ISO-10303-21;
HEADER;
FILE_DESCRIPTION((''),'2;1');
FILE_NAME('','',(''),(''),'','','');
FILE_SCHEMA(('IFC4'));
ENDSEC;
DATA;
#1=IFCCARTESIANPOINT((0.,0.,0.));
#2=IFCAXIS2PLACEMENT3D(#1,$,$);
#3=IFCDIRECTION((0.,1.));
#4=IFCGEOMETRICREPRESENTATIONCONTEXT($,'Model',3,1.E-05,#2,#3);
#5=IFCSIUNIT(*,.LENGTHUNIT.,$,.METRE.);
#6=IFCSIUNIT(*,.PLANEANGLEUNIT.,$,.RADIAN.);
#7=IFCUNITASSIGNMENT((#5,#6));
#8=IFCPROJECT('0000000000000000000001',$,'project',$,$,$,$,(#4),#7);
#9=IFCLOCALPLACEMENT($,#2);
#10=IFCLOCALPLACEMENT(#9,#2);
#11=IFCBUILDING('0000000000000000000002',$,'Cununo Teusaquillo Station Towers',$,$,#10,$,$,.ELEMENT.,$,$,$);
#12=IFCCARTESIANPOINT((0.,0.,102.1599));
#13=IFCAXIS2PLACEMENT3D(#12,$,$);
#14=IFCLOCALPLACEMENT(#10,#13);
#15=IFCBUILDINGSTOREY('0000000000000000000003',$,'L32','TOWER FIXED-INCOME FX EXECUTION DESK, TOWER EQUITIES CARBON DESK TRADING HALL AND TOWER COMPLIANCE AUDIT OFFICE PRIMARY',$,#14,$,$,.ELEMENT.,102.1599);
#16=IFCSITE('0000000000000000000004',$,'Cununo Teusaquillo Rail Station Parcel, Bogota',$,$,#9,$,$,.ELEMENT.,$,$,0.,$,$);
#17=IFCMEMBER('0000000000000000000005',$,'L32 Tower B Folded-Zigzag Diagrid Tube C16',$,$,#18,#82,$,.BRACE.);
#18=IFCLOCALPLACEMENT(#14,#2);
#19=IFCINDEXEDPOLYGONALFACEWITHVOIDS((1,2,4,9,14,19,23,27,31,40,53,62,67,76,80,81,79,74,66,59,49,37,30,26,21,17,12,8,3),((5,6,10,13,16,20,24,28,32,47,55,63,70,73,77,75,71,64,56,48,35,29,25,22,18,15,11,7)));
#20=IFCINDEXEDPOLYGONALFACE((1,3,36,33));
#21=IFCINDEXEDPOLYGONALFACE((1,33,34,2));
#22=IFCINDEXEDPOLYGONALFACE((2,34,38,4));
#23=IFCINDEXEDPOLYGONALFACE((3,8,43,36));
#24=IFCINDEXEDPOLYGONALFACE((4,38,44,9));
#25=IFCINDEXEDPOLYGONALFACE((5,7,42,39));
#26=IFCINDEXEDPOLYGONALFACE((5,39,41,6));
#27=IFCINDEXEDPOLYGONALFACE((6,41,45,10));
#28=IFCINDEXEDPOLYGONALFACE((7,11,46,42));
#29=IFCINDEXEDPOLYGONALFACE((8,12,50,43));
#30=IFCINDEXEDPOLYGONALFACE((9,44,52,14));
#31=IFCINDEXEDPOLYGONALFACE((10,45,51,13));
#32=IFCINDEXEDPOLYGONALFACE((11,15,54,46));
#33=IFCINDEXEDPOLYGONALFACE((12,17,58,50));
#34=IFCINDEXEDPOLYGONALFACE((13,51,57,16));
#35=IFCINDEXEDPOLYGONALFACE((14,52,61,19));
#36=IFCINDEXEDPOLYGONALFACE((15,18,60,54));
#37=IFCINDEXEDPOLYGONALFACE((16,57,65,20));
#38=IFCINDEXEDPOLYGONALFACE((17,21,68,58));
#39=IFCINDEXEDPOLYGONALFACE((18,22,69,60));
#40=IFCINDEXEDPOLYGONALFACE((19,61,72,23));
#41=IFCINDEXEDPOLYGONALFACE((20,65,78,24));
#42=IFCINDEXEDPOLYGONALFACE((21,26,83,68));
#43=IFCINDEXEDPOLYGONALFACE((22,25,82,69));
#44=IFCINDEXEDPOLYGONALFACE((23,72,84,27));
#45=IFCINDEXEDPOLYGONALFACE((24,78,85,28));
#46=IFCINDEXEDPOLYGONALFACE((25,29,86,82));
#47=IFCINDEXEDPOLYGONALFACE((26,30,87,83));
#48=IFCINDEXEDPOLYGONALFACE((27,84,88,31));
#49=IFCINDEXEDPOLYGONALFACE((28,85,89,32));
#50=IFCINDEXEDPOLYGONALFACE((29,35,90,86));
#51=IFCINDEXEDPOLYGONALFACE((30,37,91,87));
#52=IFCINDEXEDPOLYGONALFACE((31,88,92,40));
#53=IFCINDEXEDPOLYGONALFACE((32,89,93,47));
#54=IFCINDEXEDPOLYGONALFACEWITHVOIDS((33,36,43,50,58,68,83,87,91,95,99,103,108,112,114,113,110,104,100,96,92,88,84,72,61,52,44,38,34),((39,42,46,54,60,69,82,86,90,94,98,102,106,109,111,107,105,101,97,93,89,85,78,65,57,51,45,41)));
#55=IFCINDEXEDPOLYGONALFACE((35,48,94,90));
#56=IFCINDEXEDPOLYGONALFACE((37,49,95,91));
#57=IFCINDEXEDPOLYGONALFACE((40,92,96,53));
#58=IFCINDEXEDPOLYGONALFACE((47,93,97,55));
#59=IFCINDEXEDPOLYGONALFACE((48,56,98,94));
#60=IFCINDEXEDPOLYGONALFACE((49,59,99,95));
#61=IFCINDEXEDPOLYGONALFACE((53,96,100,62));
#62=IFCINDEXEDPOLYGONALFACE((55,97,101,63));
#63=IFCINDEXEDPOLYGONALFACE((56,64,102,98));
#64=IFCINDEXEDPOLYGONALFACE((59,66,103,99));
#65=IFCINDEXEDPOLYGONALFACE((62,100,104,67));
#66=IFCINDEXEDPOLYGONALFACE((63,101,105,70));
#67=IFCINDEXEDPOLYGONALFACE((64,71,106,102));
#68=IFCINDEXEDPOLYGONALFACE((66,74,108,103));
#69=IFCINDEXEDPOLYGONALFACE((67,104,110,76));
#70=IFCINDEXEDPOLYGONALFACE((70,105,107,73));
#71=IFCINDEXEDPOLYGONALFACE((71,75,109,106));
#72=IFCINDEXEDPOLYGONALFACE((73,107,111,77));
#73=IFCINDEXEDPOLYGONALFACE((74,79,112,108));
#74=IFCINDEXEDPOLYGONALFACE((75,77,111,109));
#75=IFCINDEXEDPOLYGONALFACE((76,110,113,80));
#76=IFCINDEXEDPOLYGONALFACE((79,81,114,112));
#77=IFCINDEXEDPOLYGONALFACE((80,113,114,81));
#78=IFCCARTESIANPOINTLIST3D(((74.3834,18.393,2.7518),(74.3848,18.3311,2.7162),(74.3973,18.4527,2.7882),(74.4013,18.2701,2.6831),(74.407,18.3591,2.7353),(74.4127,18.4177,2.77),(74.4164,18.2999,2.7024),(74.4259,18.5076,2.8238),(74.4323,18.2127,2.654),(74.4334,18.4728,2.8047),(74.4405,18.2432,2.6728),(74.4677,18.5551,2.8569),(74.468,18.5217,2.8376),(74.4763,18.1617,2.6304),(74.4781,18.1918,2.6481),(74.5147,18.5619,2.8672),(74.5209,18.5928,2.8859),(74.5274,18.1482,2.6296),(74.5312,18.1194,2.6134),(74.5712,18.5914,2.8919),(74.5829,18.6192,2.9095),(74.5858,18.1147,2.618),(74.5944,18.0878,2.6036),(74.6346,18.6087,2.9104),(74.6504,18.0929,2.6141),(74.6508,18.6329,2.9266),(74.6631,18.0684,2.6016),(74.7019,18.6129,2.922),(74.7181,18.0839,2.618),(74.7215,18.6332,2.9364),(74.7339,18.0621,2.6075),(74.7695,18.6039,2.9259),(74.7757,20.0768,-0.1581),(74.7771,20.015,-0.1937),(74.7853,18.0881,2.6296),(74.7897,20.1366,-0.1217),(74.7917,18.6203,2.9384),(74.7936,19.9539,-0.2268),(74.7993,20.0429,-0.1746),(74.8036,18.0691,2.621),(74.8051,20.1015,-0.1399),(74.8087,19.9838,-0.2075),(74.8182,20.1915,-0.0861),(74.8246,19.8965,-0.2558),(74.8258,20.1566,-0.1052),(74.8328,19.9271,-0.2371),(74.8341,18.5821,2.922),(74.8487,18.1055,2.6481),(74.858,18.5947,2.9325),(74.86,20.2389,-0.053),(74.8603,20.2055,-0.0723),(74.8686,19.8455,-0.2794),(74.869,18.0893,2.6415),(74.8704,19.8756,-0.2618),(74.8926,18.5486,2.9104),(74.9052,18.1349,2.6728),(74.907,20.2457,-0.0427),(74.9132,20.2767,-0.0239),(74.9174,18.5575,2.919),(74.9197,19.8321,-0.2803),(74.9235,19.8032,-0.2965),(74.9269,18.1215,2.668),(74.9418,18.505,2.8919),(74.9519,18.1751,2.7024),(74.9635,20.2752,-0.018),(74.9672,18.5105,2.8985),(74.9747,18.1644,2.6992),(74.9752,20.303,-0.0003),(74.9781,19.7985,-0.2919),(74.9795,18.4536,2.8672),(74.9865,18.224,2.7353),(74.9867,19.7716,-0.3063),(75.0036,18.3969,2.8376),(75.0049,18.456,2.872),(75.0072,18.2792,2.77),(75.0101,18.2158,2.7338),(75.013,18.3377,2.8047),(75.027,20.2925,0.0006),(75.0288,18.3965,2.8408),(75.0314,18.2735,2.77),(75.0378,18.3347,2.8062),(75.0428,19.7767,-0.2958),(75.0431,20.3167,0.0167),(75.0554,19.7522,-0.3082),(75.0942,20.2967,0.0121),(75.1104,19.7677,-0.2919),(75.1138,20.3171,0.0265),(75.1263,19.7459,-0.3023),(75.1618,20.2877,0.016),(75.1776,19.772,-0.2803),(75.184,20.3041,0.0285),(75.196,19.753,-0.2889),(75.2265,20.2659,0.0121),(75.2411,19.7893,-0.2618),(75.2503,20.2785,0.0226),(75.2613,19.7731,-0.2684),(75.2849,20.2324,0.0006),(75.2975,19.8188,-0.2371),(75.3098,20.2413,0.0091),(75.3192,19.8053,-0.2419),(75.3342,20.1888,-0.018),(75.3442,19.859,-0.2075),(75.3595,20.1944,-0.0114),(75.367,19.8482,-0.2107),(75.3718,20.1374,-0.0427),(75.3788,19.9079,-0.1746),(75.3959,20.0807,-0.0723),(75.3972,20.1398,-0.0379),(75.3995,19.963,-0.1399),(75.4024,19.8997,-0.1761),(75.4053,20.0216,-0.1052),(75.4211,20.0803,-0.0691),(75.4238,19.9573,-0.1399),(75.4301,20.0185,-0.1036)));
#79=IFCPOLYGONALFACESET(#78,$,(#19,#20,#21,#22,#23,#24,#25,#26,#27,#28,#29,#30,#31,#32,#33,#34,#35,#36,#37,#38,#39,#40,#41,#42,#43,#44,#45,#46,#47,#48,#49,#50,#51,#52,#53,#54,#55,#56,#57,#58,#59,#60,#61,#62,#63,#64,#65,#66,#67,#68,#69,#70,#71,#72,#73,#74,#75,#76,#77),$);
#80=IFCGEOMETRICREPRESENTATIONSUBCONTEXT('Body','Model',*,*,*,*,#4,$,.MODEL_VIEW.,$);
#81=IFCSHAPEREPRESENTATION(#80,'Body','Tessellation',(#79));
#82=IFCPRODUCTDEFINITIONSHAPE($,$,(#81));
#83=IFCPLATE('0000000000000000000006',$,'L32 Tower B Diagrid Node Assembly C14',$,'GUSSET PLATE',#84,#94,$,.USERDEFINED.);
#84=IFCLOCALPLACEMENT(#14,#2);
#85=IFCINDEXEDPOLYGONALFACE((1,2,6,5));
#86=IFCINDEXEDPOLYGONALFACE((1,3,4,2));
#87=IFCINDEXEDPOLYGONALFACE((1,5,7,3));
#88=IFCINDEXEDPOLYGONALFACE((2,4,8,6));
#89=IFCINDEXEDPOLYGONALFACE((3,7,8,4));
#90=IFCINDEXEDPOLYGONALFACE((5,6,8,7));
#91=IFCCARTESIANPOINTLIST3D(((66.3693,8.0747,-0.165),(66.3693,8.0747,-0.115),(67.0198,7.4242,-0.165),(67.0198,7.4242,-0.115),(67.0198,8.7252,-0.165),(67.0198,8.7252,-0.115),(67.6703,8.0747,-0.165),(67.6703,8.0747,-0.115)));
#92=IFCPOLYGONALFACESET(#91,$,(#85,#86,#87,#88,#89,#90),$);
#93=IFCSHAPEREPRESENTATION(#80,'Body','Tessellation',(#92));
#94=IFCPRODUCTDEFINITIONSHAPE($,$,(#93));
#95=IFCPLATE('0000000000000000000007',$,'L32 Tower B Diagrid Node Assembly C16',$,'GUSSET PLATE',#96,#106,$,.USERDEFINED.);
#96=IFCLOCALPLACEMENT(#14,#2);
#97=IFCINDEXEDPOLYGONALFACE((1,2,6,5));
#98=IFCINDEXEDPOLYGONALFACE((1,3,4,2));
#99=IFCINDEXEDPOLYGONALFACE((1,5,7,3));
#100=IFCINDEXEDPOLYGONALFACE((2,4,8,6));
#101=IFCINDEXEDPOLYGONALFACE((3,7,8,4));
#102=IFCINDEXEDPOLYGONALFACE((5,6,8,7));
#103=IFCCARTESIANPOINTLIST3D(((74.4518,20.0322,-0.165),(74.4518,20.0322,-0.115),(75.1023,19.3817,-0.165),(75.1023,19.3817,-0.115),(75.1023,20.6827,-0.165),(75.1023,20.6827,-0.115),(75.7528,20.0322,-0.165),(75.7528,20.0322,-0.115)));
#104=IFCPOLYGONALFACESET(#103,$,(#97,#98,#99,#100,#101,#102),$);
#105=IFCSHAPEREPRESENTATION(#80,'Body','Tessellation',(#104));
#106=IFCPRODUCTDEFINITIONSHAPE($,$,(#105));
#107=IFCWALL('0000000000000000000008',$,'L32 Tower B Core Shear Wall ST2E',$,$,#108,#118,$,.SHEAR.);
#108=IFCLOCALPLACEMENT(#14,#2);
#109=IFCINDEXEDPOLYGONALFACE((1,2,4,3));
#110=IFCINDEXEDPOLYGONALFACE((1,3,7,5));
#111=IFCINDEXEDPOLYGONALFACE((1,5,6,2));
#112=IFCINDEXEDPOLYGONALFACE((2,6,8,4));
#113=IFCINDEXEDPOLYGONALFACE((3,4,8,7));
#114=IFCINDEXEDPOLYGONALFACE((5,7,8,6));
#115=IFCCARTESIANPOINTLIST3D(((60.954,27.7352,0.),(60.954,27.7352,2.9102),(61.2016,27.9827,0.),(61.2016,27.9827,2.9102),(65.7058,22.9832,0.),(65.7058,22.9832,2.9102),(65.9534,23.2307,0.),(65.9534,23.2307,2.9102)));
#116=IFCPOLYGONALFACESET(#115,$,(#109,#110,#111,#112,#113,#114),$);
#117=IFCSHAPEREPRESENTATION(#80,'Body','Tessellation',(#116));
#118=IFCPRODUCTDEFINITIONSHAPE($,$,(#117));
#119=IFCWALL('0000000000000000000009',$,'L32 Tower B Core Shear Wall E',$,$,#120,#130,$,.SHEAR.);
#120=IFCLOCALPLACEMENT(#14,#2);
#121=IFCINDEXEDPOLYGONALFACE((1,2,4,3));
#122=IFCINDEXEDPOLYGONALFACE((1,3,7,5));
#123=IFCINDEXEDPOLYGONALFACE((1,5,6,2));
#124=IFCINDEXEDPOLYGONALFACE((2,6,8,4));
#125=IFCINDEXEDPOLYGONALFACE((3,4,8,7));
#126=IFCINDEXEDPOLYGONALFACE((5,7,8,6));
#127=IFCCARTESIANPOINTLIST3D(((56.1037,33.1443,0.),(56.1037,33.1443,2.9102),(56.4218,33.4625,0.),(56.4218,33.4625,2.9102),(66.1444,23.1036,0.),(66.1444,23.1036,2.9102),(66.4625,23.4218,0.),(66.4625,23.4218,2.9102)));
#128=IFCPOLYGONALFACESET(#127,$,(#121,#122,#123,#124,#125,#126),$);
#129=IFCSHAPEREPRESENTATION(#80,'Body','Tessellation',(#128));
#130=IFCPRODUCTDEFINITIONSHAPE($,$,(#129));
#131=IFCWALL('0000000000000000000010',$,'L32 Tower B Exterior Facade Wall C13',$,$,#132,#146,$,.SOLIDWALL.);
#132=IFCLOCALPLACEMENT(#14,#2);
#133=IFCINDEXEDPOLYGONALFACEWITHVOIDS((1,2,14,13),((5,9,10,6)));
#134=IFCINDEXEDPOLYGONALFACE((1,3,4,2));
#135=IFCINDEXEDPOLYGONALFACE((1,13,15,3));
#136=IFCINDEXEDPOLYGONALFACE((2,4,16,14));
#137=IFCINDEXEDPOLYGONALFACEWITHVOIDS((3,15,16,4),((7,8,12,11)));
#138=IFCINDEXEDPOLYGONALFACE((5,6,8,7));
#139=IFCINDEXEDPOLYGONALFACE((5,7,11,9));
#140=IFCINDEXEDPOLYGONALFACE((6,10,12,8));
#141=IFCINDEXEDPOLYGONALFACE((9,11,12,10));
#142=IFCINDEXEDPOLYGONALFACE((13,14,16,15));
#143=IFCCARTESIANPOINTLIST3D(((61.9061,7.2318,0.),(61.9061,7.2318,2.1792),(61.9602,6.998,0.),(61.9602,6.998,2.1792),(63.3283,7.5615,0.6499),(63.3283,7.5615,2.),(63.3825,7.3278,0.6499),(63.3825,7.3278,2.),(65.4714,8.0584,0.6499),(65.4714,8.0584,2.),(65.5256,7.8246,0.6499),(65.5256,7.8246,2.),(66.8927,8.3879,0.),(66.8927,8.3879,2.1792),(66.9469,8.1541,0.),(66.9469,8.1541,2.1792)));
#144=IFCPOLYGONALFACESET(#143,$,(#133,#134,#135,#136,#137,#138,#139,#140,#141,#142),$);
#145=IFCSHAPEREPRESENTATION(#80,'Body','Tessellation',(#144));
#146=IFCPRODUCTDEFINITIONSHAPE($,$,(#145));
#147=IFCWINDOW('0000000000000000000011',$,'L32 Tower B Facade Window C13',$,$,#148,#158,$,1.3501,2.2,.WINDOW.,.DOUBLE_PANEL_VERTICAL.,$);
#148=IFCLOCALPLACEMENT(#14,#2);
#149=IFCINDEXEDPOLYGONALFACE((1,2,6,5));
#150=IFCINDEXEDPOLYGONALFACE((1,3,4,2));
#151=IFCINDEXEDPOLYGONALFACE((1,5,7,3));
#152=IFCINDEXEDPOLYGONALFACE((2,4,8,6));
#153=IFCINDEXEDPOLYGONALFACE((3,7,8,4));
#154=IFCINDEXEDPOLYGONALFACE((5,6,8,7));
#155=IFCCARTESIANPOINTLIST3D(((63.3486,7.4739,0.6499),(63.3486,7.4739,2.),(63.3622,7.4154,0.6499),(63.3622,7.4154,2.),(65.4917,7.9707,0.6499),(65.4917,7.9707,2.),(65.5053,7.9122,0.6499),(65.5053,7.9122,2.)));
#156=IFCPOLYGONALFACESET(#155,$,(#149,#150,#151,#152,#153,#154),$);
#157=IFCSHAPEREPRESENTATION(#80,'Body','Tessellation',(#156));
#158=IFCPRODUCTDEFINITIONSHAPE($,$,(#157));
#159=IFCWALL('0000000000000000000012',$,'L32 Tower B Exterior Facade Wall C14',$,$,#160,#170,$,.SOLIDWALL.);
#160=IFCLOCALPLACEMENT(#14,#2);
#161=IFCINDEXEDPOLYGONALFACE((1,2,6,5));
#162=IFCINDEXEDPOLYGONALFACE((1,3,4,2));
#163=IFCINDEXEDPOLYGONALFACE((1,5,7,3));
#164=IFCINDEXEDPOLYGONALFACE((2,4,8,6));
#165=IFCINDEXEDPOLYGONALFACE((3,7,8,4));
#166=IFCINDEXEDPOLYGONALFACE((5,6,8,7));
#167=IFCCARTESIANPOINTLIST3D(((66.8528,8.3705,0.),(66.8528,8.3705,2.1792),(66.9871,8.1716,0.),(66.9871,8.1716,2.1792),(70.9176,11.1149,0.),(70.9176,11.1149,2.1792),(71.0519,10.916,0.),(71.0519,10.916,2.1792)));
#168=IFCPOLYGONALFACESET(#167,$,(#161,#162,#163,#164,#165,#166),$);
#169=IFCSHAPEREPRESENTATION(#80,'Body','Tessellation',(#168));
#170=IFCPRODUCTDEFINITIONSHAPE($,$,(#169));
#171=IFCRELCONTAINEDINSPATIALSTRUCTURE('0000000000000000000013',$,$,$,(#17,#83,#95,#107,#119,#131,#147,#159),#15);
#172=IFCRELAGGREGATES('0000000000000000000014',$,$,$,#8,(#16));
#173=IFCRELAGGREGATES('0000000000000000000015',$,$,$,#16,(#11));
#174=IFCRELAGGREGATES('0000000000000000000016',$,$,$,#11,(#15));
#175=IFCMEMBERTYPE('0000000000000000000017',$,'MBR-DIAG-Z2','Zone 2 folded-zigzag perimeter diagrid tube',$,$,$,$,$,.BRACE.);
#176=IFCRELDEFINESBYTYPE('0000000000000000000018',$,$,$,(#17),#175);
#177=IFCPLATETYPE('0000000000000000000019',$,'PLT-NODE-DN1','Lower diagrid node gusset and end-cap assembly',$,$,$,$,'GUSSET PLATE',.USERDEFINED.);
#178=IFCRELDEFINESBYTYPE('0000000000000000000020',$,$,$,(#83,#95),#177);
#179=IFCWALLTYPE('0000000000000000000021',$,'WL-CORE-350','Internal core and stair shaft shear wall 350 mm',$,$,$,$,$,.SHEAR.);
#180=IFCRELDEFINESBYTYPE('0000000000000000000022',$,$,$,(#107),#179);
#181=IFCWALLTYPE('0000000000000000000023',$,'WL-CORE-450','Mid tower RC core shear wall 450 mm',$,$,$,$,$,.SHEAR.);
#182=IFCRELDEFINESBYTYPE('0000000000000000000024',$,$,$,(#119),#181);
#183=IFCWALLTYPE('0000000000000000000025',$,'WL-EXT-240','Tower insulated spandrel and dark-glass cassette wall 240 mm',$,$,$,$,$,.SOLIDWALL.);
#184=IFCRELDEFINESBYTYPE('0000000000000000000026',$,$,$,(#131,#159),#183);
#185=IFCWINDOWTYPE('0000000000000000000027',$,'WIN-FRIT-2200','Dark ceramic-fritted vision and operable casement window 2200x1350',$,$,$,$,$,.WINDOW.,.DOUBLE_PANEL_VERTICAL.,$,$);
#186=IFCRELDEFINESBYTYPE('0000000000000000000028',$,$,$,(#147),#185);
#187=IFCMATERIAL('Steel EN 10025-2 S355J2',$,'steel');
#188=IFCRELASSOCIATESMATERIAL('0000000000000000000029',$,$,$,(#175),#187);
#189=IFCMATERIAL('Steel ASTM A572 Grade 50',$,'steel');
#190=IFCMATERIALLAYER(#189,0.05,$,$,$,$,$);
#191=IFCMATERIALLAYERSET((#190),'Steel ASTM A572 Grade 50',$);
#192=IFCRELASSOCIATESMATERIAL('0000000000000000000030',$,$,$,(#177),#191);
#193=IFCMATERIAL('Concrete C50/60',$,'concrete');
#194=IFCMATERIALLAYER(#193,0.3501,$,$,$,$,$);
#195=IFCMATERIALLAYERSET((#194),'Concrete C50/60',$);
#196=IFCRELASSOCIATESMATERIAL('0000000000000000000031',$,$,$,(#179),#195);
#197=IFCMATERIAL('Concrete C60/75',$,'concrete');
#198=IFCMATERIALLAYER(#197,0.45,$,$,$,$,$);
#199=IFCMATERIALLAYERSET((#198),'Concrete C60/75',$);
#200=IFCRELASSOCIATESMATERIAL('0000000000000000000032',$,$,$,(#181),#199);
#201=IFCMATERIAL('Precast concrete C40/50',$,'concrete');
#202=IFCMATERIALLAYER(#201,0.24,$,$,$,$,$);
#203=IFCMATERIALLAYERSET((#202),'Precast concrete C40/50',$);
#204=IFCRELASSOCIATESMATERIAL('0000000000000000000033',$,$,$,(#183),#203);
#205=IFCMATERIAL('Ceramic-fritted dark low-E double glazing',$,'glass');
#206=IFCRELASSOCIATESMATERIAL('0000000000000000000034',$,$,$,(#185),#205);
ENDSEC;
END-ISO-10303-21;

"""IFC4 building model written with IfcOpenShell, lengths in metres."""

from ifc_helpers import new_model, si_unit, direction, frame, frame_2d, origin, origin_2d, place, context, subcontext, project, spatial, rectangle, hollow_circle, extrude, source, transform, mapped, material, layer, layer_set, material_profile, profile_set, type_object, element, fill, save


model = new_model("IFC4")

# Units and contexts
model_context = context("Model", 3, precision=1e-05, world=origin(), true_north=direction((0.0, 1.0)))
body_context = subcontext(model_context, "Body", "Model", "MODEL_VIEW")
ifc_project = project(units=[si_unit("LENGTHUNIT", "METRE"), si_unit("PLANEANGLEUNIT", "RADIAN")], contexts=[model_context])

# Site, building, storey
site_placement = place(None, origin())
site = spatial("IfcSite", under=ifc_project, at=site_placement, Name="Cununo Teusaquillo Rail Station Parcel, Bogota", CompositionType="ELEMENT", RefElevation=0.0)
building_placement = place(site_placement, origin())
building = spatial("IfcBuilding", under=site, at=building_placement, Name="Cununo Teusaquillo Station Towers", CompositionType="ELEMENT")
storey_placement = place(building_placement, frame((0.0, 0.0, 102.1599)))
storey = spatial("IfcBuildingStorey", under=building, at=storey_placement, Name="L32", Description="TOWER FIXED-INCOME FX EXECUTION DESK, TOWER EQUITIES CARBON DESK TRADING HALL AND TOWER COMPLIANCE AUDIT OFFICE PRIMARY", CompositionType="ELEMENT", Elevation=102.1599)

# Member
ifc_material_1 = material(Name="Steel EN 10025-2 S355J2", Category="steel")
ifc_material_profile_1 = material_profile(ifc_material_1, hollow_circle(Radius=0.3301, WallThickness=0.0249, at=origin_2d()), Name="CHS 660x25")
ifc_profile_set_1 = profile_set([ifc_material_profile_1], Name="Steel EN 10025-2 S355J2")
member_type = type_object("IfcMemberType", Name="MBR-DIAG-Z2", Description="Zone 2 folded-zigzag perimeter diagrid tube", PredefinedType="BRACE", material=ifc_profile_set_1)
member_1_placement = place(storey_placement, frame((75.1023, 20.0322, -0.1399), z_axis=(-0.115911, -0.497471, 0.859702), x_axis=(0.973913, -0.226922, 0.0)))
element("IfcMember", 1, at=member_1_placement, inside=storey, type_object=member_type, Name="L32 Tower B Folded-Zigzag Diagrid Tube C16", PredefinedType="BRACE", context=body_context, shape_type="SweptSolid", body=[
    extrude(hollow_circle(Radius=0.3301, WallThickness=0.0249, at=origin_2d()), origin(), (0.0, 0.0, 1.0), 3.3848),
])

# Plates
ifc_material_2 = material(Name="Steel ASTM A572 Grade 50", Category="steel")
ifc_layer_1 = layer(ifc_material_2, 0.05)
ifc_layer_set_1 = layer_set([ifc_layer_1], Name="Steel ASTM A572 Grade 50")
plate_type = type_object("IfcPlateType", Name="PLT-NODE-DN1", Description="Lower diagrid node gusset and end-cap assembly", ElementType="GUSSET PLATE", PredefinedType="USERDEFINED", material=ifc_layer_set_1)
shared_shape_1 = source(origin(), body_context, "Body", "SweptSolid", [
    extrude(rectangle(XDim=0.9199, YDim=0.9199, at=origin_2d()), origin(), (0.0, 0.0, 1.0), 0.05),
])
for number, where, z_axis, x_axis, name in (
    (2, (67.0198, 8.0747, -0.165), (0.0, 0.0, 1.0), (0.707107, 0.707107, 0.0), "L32 Tower B Diagrid Node Assembly C14"),
    (3, (75.1023, 20.0322, -0.165), (0.0, 0.0, 1.0), (0.707107, 0.707107, 0.0), "L32 Tower B Diagrid Node Assembly C16"),
):
    element("IfcPlate", number, at=place(storey_placement, frame(where, z_axis=z_axis, x_axis=x_axis)), inside=storey, type_object=plate_type, Name=name, ObjectType="GUSSET PLATE", PredefinedType="USERDEFINED", context=body_context, shape_type="MappedRepresentation", body=[
        mapped(shared_shape_1, transform((0.0, 0.0, 0.0), x_axis=(1.0, 0.0, 0.0), y_axis=(0.0, 1.0, 0.0), z_axis=(0.0, 0.0, 1.0), scale=1.0)),
    ])

# Walls
ifc_material_3 = material(Name="Concrete C50/60", Category="concrete")
ifc_layer_2 = layer(ifc_material_3, 0.3501)
ifc_layer_set_2 = layer_set([ifc_layer_2], Name="Concrete C50/60")
wall_type_1 = type_object("IfcWallType", Name="WL-CORE-350", Description="Internal core and stair shaft shear wall 350 mm", PredefinedType="SHEAR", material=ifc_layer_set_2)
wall_1_placement = place(storey_placement, frame((65.8296, 23.1069, 0.0), z_axis=(0.0, 0.0, 1.0), x_axis=(-0.707089, 0.707125, 0.0)))
element("IfcWall", 4, at=wall_1_placement, inside=storey, type_object=wall_type_1, Name="L32 Tower B Core Shear Wall ST2E", PredefinedType="SHEAR", context=body_context, shape_type="SweptSolid", body=[
    extrude(rectangle(XDim=6.7202, YDim=0.3501, at=frame_2d((3.3601, 0.0))), origin(), (0.0, 0.0, 1.0), 2.9102),
])
ifc_material_4 = material(Name="Concrete C60/75", Category="concrete")
ifc_layer_3 = layer(ifc_material_4, 0.45)
ifc_layer_set_3 = layer_set([ifc_layer_3], Name="Concrete C60/75")
wall_type_2 = type_object("IfcWallType", Name="WL-CORE-450", Description="Mid tower RC core shear wall 450 mm", PredefinedType="SHEAR", material=ifc_layer_set_3)
wall_2_placement = place(storey_placement, frame((66.3035, 23.2627, 0.0), z_axis=(0.0, 0.0, 1.0), x_axis=(-0.707107, 0.707107, 0.0)))
element("IfcWall", 5, at=wall_2_placement, inside=storey, type_object=wall_type_2, Name="L32 Tower B Core Shear Wall E", PredefinedType="SHEAR", context=body_context, shape_type="SweptSolid", body=[
    extrude(rectangle(XDim=14.1997, YDim=0.45, at=frame_2d((7.0999, 0.0))), origin(), (0.0, 0.0, 1.0), 2.9102),
])

# Wall, opening, window
ifc_material_5 = material(Name="Precast concrete C40/50", Category="concrete")
ifc_layer_4 = layer(ifc_material_5, 0.24)
ifc_layer_set_4 = layer_set([ifc_layer_4], Name="Precast concrete C40/50")
wall_type_3 = type_object("IfcWallType", Name="WL-EXT-240", Description="Tower insulated spandrel and dark-glass cassette wall 240 mm", PredefinedType="SOLIDWALL", material=ifc_layer_set_4)
wall_3_placement = place(storey_placement, frame((66.9199, 8.271, 0.0), z_axis=(0.0, 0.0, 1.0), x_axis=(-0.974166, -0.225835, 0.0)))
wall_3 = element("IfcWall", 6, at=wall_3_placement, inside=storey, type_object=wall_type_3, Name="L32 Tower B Exterior Facade Wall C13", PredefinedType="SOLIDWALL", context=body_context, shape_type="SweptSolid", body=[
    extrude(rectangle(XDim=5.1189, YDim=0.24, at=frame_2d((2.5596, 0.0))), origin(), (0.0, 0.0, 1.0), 2.1792),
])
shared_shape_2 = source(origin(), body_context, "Body", "SweptSolid", [
    extrude(rectangle(XDim=2.2, YDim=1.3501, at=frame_2d((1.1001, 0.675))), frame((0.0, 0.1299, 0.0), z_axis=(0.0, -1.0, 0.0), x_axis=(1.0, 0.0, 0.0)), (0.0, 0.0, 1.0), 0.26),
])
opening_1_placement = place(wall_3_placement, frame((1.459, 0.0, 0.6499)))
opening_1 = element("IfcOpeningElement", 7, at=opening_1_placement, cuts=wall_3, PredefinedType="OPENING", context=body_context, shape_type="MappedRepresentation", body=[
    mapped(shared_shape_2, transform((0.0, 0.0, 0.0), x_axis=(1.0, 0.0, 0.0), y_axis=(0.0, 1.0, 0.0), z_axis=(0.0, 0.0, 1.0), scale=1.0)),
])
ifc_material_6 = material(Name="Ceramic-fritted dark low-E double glazing", Category="glass")
window_type_1 = type_object("IfcWindowType", Name="WIN-FRIT-2200", Description="Dark ceramic-fritted vision and operable casement window 2200x1350", PartitioningType="DOUBLE_PANEL_VERTICAL", PredefinedType="WINDOW", material=ifc_material_6)
shared_shape_3 = source(origin(), body_context, "Body", "SweptSolid", [
    extrude(rectangle(XDim=2.2, YDim=1.3501, at=frame_2d((1.1001, 0.675))), frame((0.0, 0.03, 0.0), z_axis=(0.0, -1.0, 0.0), x_axis=(1.0, 0.0, 0.0)), (0.0, 0.0, 1.0), 0.0601),
])
window_1_placement = place(opening_1_placement, origin())
window_1 = element("IfcWindow", 8, at=window_1_placement, inside=storey, type_object=window_type_1, Name="L32 Tower B Facade Window C13", OverallHeight=1.3501, OverallWidth=2.2, PartitioningType="DOUBLE_PANEL_VERTICAL", PredefinedType="WINDOW", context=body_context, shape_type="MappedRepresentation", body=[
    mapped(shared_shape_3, transform((0.0, 0.0, 0.0), x_axis=(1.0, 0.0, 0.0), y_axis=(0.0, 1.0, 0.0), z_axis=(0.0, 0.0, 1.0), scale=1.0)),
])
fill(opening_1, window_1)

# Wall
wall_4_placement = place(storey_placement, frame((70.9846, 11.0154, 0.0), z_axis=(0.0, 0.0, 1.0), x_axis=(-0.828781, -0.559573, 0.0)))
element("IfcWall", 9, at=wall_4_placement, inside=storey, type_object=wall_type_3, Name="L32 Tower B Exterior Facade Wall C14", PredefinedType="SOLIDWALL", context=body_context, shape_type="SweptSolid", body=[
    extrude(rectangle(XDim=4.9045, YDim=0.24, at=frame_2d((2.4521, 0.0))), origin(), (0.0, 0.0, 1.0), 2.1792),
])

save(model, "model.ifc")
